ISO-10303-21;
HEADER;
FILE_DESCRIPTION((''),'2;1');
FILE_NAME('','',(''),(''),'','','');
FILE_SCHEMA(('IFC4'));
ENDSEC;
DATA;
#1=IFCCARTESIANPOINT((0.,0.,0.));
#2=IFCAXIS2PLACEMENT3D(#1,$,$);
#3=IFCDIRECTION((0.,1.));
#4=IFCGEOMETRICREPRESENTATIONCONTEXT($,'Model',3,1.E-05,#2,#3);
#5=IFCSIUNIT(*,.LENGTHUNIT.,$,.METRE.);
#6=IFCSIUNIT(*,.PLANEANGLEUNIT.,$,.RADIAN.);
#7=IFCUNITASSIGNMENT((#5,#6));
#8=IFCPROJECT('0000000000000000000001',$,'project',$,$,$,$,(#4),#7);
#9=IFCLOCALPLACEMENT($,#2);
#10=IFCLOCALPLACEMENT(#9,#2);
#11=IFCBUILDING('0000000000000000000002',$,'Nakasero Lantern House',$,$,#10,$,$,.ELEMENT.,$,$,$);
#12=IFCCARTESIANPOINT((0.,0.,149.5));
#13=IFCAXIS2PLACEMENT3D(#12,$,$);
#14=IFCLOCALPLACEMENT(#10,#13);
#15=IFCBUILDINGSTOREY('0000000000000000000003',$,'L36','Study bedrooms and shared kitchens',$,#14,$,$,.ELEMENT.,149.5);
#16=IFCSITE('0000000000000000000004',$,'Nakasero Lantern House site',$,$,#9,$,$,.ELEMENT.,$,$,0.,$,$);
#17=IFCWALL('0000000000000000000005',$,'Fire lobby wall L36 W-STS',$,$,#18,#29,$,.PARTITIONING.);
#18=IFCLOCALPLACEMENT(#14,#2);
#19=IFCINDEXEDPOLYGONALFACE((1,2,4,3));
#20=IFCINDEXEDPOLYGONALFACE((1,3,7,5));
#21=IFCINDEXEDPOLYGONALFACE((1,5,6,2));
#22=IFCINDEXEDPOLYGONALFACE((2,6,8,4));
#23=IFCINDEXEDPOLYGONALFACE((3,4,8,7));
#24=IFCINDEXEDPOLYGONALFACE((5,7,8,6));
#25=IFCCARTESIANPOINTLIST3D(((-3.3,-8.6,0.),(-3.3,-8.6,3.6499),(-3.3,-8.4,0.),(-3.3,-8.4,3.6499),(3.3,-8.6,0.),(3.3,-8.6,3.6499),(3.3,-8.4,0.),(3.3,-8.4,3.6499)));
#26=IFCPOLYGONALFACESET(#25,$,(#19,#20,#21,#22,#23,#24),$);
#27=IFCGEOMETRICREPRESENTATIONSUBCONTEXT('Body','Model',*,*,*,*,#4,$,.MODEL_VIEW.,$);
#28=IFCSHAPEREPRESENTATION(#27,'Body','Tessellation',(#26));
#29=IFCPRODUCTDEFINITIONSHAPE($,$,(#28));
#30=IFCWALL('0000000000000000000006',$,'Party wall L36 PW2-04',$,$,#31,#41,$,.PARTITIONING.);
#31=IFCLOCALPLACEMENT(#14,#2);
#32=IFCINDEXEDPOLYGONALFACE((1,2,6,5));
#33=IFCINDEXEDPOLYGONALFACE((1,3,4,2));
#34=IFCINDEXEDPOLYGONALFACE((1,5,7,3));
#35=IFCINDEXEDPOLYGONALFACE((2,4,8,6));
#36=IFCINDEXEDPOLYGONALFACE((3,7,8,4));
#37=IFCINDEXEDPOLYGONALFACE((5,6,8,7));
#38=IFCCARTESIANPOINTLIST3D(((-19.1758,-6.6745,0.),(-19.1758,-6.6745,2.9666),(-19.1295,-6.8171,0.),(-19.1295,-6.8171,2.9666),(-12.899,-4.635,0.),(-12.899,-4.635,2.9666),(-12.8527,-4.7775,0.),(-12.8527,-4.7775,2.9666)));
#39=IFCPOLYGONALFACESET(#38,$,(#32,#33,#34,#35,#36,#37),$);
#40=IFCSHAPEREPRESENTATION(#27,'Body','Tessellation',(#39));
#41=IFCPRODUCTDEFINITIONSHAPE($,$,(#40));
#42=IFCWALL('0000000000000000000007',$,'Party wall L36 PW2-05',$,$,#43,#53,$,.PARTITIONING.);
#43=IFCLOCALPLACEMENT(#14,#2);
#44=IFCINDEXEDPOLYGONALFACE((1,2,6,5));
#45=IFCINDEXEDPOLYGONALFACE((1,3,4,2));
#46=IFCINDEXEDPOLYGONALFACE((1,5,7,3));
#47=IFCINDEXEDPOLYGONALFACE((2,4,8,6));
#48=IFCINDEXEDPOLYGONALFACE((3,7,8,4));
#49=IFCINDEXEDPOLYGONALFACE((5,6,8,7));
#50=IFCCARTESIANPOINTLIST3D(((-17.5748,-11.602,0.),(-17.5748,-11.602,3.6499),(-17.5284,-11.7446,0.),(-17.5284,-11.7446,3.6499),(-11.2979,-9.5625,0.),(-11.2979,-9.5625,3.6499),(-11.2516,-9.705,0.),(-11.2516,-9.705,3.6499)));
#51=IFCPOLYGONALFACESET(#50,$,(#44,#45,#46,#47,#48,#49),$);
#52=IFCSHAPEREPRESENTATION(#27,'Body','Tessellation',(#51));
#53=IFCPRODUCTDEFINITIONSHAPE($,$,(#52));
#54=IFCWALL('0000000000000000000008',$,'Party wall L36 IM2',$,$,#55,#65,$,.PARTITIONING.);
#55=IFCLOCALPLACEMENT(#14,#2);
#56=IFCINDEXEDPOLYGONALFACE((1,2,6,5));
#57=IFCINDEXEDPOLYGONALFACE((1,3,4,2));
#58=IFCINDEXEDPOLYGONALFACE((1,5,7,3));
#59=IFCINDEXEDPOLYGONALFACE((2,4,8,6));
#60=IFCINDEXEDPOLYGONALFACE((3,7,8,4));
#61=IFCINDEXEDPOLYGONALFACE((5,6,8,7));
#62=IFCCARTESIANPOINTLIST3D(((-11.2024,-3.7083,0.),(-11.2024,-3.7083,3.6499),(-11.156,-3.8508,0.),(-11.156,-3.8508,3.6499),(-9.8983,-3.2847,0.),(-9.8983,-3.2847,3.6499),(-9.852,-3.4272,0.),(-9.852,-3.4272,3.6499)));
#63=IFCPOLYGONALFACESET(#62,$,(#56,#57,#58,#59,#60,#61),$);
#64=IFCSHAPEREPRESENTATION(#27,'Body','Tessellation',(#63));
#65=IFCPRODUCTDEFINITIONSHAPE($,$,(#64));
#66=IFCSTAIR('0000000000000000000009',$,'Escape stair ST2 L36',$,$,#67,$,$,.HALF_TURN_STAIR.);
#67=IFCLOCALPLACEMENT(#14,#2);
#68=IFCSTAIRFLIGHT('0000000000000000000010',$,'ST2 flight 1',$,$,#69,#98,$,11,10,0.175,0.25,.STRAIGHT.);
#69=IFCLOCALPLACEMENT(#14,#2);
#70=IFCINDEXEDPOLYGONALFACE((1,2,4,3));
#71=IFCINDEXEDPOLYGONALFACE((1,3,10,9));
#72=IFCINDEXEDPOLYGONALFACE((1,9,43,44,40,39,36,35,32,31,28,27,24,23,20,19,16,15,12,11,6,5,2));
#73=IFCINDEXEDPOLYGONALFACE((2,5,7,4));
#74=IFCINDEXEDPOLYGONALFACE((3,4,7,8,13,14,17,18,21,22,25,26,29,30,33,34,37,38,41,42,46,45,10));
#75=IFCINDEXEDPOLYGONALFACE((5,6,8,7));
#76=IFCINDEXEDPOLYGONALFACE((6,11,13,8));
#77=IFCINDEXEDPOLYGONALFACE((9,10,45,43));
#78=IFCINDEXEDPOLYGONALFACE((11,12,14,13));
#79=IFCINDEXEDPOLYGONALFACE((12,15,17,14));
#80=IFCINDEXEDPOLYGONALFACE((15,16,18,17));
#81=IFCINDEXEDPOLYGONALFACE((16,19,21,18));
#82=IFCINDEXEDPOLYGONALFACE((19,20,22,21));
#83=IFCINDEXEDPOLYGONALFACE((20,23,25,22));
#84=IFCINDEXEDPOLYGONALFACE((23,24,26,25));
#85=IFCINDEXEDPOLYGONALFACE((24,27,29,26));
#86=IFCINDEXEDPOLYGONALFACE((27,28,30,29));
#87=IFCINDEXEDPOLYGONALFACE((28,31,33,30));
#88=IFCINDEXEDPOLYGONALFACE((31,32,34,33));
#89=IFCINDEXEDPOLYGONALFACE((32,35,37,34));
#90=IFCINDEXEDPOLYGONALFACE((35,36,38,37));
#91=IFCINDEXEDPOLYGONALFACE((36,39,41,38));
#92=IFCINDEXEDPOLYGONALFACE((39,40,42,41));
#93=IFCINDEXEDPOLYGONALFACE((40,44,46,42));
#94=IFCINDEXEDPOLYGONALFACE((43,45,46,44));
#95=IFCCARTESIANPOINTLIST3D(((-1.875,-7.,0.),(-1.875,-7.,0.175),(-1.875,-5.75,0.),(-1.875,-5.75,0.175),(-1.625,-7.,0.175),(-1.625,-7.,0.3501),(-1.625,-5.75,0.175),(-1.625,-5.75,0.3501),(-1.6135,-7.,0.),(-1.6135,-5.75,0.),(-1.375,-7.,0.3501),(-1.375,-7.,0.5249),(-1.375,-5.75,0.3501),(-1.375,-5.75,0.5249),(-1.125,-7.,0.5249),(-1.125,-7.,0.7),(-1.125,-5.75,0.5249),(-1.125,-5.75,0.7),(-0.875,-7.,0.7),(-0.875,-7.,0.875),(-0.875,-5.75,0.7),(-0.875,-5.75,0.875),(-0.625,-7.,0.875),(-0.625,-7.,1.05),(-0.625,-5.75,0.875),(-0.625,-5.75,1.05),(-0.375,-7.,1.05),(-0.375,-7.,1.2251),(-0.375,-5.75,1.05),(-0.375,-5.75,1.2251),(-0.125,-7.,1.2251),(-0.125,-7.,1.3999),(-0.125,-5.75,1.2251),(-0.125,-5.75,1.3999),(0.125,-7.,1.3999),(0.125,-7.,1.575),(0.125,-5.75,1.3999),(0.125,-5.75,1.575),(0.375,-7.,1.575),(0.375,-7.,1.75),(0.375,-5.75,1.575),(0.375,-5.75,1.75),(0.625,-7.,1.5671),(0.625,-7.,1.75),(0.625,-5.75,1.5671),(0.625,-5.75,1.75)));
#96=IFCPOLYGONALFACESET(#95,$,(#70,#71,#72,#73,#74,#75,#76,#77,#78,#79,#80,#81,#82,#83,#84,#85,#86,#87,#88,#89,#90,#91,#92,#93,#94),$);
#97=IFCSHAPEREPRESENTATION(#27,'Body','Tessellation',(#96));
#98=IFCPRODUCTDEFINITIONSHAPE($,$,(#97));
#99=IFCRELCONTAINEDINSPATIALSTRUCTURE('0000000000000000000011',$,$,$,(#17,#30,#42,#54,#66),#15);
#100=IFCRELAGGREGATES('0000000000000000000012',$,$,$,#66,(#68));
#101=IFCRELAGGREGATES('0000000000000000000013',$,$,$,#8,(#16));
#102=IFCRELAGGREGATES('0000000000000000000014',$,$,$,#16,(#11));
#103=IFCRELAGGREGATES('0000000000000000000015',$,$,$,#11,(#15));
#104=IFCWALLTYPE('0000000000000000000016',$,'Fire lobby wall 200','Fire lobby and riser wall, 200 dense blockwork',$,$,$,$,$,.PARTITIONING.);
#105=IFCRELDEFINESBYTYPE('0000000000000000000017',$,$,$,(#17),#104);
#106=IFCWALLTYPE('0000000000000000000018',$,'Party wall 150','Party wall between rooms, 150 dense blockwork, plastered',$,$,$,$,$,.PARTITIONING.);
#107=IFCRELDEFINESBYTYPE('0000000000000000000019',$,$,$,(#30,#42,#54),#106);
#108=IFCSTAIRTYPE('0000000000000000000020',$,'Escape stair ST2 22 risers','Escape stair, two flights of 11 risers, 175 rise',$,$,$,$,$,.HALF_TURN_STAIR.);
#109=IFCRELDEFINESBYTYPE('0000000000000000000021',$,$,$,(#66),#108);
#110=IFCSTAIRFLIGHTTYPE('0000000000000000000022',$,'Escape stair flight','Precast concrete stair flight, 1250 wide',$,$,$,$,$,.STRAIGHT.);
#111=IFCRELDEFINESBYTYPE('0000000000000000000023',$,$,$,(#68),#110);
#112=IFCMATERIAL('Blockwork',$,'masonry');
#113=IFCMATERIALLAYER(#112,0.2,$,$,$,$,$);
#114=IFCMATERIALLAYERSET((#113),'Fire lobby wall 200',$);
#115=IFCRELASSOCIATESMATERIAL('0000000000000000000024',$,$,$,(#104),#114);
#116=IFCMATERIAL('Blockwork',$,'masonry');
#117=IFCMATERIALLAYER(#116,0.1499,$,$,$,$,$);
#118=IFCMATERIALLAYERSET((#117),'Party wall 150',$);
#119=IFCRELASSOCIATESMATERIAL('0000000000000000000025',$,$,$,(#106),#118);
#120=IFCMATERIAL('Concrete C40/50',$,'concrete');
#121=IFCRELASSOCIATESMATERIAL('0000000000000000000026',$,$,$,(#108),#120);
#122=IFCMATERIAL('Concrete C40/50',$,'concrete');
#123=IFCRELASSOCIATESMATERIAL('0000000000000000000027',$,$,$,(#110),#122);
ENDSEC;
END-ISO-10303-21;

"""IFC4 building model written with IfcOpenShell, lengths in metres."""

from ifc_helpers import new_model, si_unit, direction, frame, frame_2d, origin, place, context, subcontext, project, spatial, polyline, rectangle, outline, extrude, material, layer, layer_set, type_object, element, aggregate, save


model = new_model("IFC4")

# Units and contexts
model_context = context("Model", 3, precision=1e-05, world=origin(), true_north=direction((0.0, 1.0)))
body_context = subcontext(model_context, "Body", "Model", "MODEL_VIEW")
ifc_project = project(units=[si_unit("LENGTHUNIT", "METRE"), si_unit("PLANEANGLEUNIT", "RADIAN")], contexts=[model_context])

# Site, building, storey
site_placement = place(None, origin())
site = spatial("IfcSite", under=ifc_project, at=site_placement, Name="Nakasero Lantern House site", CompositionType="ELEMENT", RefElevation=0.0)
building_placement = place(site_placement, origin())
building = spatial("IfcBuilding", under=site, at=building_placement, Name="Nakasero Lantern House", CompositionType="ELEMENT")
storey_placement = place(building_placement, frame((0.0, 0.0, 149.5)))
storey = spatial("IfcBuildingStorey", under=building, at=storey_placement, Name="L36", Description="Study bedrooms and shared kitchens", CompositionType="ELEMENT", Elevation=149.5)

# Shared definitions
ifc_material_1 = material(Name="Blockwork", Category="masonry")
ifc_layer_1 = layer(ifc_material_1, 0.2)
ifc_layer_set_1 = layer_set([ifc_layer_1], Name="Fire lobby wall 200")
wall_type_1 = type_object("IfcWallType", Name="Fire lobby wall 200", Description="Fire lobby and riser wall, 200 dense blockwork", PredefinedType="PARTITIONING", material=ifc_layer_set_1)

# Walls
wall_1_placement = place(storey_placement, frame((-3.3, -8.5, 0.0), z_axis=(0.0, 0.0, 1.0), x_axis=(1.0, 0.0, 0.0)))
element("IfcWall", 1, at=wall_1_placement, inside=storey, type_object=wall_type_1, Name="Fire lobby wall L36 W-STS", PredefinedType="PARTITIONING", context=body_context, shape_type="SweptSolid", body=[
    extrude(rectangle(XDim=6.6001, YDim=0.2, at=frame_2d((3.3, 0.0))), origin(), (0.0, 0.0, 1.0), 3.6499),
])
ifc_material_2 = material(Name="Blockwork", Category="masonry")
ifc_layer_2 = layer(ifc_material_2, 0.1499)
ifc_layer_set_2 = layer_set([ifc_layer_2], Name="Party wall 150")
wall_type_2 = type_object("IfcWallType", Name="Party wall 150", Description="Party wall between rooms, 150 dense blockwork, plastered", PredefinedType="PARTITIONING", material=ifc_layer_set_2)
wall_2_placement = place(storey_placement, frame((-12.876, -4.7063, 0.0), z_axis=(0.0, 0.0, 1.0), x_axis=(-0.951053, -0.309028, 0.0)))
element("IfcWall", 2, at=wall_2_placement, inside=storey, type_object=wall_type_2, Name="Party wall L36 PW2-04", PredefinedType="PARTITIONING", context=body_context, shape_type="SweptSolid", body=[
    extrude(rectangle(XDim=6.5999, YDim=0.1499, at=frame_2d((3.2998, 0.0))), origin(), (0.0, 0.0, 1.0), 2.9666),
])
wall_3_placement = place(storey_placement, frame((-11.2749, -9.6338, 0.0), z_axis=(0.0, 0.0, 1.0), x_axis=(-0.951053, -0.309028, 0.0)))
element("IfcWall", 3, at=wall_3_placement, inside=storey, type_object=wall_type_2, Name="Party wall L36 PW2-05", PredefinedType="PARTITIONING", context=body_context, shape_type="SweptSolid", body=[
    extrude(rectangle(XDim=6.5999, YDim=0.1499, at=frame_2d((3.2998, 0.0))), origin(), (0.0, 0.0, 1.0), 3.6499),
])
wall_4_placement = place(storey_placement, frame((-11.1792, -3.7795, 0.0), z_axis=(0.0, 0.0, 1.0), x_axis=(0.951077, 0.308953, 0.0)))
element("IfcWall", 4, at=wall_4_placement, inside=storey, type_object=wall_type_2, Name="Party wall L36 IM2", PredefinedType="PARTITIONING", context=body_context, shape_type="SweptSolid", body=[
    extrude(rectangle(XDim=1.3711, YDim=0.1499, at=frame_2d((0.6855, 0.0))), origin(), (0.0, 0.0, 1.0), 3.6499),
])

# Stair, stair flight
ifc_material_3 = material(Name="Concrete C40/50", Category="concrete")
stair_type = type_object("IfcStairType", Name="Escape stair ST2 22 risers", Description="Escape stair, two flights of 11 risers, 175 rise", PredefinedType="HALF_TURN_STAIR", material=ifc_material_3)
stair_placement = place(storey_placement, origin())
stair = element("IfcStair", 5, at=stair_placement, inside=storey, type_object=stair_type, Name="Escape stair ST2 L36", PredefinedType="HALF_TURN_STAIR")
ifc_material_4 = material(Name="Concrete C40/50", Category="concrete")
stair_flight_type = type_object("IfcStairFlightType", Name="Escape stair flight", Description="Precast concrete stair flight, 1250 wide", PredefinedType="STRAIGHT", material=ifc_material_4)
stair_flight_placement = place(storey_placement, frame((-1.875, -6.375, 0.0), z_axis=(0.0, 0.0, 1.0), x_axis=(1.0, 0.0, 0.0)))
stair_flight = element("IfcStairFlight", 6, at=stair_flight_placement, type_object=stair_flight_type, Name="ST2 flight 1", NumberOfRisers=11, NumberOfTreads=10, PredefinedType="STRAIGHT", RiserHeight=0.175, TreadLength=0.25, context=body_context, shape_type="SweptSolid", body=[
    extrude(outline(polyline([(0.0, 0.0), (0.0, 0.175), (0.25, 0.175), (0.25, 0.3501), (0.5, 0.3501), (0.5, 0.5249), (0.75, 0.5249), (0.75, 0.7), (1.0, 0.7), (1.0, 0.875), (1.25, 0.875), (1.25, 1.05), (1.5, 1.05), (1.5, 1.2251), (1.75, 1.2251), (1.75, 1.3999), (2.0, 1.3999), (2.0, 1.575), (2.25, 1.575), (2.25, 1.75), (2.5, 1.75), (2.5, 1.925), (2.5, 1.5671), (0.2615, 0.0), (0.0, 0.0)])), frame((0.0, 0.625, 0.0), z_axis=(0.0, -1.0, 0.0), x_axis=(1.0, 0.0, 0.0)), (0.0, 0.0, 1.0), 1.25),
])
aggregate(stair, [stair_flight])

save(model, "model.ifc")
